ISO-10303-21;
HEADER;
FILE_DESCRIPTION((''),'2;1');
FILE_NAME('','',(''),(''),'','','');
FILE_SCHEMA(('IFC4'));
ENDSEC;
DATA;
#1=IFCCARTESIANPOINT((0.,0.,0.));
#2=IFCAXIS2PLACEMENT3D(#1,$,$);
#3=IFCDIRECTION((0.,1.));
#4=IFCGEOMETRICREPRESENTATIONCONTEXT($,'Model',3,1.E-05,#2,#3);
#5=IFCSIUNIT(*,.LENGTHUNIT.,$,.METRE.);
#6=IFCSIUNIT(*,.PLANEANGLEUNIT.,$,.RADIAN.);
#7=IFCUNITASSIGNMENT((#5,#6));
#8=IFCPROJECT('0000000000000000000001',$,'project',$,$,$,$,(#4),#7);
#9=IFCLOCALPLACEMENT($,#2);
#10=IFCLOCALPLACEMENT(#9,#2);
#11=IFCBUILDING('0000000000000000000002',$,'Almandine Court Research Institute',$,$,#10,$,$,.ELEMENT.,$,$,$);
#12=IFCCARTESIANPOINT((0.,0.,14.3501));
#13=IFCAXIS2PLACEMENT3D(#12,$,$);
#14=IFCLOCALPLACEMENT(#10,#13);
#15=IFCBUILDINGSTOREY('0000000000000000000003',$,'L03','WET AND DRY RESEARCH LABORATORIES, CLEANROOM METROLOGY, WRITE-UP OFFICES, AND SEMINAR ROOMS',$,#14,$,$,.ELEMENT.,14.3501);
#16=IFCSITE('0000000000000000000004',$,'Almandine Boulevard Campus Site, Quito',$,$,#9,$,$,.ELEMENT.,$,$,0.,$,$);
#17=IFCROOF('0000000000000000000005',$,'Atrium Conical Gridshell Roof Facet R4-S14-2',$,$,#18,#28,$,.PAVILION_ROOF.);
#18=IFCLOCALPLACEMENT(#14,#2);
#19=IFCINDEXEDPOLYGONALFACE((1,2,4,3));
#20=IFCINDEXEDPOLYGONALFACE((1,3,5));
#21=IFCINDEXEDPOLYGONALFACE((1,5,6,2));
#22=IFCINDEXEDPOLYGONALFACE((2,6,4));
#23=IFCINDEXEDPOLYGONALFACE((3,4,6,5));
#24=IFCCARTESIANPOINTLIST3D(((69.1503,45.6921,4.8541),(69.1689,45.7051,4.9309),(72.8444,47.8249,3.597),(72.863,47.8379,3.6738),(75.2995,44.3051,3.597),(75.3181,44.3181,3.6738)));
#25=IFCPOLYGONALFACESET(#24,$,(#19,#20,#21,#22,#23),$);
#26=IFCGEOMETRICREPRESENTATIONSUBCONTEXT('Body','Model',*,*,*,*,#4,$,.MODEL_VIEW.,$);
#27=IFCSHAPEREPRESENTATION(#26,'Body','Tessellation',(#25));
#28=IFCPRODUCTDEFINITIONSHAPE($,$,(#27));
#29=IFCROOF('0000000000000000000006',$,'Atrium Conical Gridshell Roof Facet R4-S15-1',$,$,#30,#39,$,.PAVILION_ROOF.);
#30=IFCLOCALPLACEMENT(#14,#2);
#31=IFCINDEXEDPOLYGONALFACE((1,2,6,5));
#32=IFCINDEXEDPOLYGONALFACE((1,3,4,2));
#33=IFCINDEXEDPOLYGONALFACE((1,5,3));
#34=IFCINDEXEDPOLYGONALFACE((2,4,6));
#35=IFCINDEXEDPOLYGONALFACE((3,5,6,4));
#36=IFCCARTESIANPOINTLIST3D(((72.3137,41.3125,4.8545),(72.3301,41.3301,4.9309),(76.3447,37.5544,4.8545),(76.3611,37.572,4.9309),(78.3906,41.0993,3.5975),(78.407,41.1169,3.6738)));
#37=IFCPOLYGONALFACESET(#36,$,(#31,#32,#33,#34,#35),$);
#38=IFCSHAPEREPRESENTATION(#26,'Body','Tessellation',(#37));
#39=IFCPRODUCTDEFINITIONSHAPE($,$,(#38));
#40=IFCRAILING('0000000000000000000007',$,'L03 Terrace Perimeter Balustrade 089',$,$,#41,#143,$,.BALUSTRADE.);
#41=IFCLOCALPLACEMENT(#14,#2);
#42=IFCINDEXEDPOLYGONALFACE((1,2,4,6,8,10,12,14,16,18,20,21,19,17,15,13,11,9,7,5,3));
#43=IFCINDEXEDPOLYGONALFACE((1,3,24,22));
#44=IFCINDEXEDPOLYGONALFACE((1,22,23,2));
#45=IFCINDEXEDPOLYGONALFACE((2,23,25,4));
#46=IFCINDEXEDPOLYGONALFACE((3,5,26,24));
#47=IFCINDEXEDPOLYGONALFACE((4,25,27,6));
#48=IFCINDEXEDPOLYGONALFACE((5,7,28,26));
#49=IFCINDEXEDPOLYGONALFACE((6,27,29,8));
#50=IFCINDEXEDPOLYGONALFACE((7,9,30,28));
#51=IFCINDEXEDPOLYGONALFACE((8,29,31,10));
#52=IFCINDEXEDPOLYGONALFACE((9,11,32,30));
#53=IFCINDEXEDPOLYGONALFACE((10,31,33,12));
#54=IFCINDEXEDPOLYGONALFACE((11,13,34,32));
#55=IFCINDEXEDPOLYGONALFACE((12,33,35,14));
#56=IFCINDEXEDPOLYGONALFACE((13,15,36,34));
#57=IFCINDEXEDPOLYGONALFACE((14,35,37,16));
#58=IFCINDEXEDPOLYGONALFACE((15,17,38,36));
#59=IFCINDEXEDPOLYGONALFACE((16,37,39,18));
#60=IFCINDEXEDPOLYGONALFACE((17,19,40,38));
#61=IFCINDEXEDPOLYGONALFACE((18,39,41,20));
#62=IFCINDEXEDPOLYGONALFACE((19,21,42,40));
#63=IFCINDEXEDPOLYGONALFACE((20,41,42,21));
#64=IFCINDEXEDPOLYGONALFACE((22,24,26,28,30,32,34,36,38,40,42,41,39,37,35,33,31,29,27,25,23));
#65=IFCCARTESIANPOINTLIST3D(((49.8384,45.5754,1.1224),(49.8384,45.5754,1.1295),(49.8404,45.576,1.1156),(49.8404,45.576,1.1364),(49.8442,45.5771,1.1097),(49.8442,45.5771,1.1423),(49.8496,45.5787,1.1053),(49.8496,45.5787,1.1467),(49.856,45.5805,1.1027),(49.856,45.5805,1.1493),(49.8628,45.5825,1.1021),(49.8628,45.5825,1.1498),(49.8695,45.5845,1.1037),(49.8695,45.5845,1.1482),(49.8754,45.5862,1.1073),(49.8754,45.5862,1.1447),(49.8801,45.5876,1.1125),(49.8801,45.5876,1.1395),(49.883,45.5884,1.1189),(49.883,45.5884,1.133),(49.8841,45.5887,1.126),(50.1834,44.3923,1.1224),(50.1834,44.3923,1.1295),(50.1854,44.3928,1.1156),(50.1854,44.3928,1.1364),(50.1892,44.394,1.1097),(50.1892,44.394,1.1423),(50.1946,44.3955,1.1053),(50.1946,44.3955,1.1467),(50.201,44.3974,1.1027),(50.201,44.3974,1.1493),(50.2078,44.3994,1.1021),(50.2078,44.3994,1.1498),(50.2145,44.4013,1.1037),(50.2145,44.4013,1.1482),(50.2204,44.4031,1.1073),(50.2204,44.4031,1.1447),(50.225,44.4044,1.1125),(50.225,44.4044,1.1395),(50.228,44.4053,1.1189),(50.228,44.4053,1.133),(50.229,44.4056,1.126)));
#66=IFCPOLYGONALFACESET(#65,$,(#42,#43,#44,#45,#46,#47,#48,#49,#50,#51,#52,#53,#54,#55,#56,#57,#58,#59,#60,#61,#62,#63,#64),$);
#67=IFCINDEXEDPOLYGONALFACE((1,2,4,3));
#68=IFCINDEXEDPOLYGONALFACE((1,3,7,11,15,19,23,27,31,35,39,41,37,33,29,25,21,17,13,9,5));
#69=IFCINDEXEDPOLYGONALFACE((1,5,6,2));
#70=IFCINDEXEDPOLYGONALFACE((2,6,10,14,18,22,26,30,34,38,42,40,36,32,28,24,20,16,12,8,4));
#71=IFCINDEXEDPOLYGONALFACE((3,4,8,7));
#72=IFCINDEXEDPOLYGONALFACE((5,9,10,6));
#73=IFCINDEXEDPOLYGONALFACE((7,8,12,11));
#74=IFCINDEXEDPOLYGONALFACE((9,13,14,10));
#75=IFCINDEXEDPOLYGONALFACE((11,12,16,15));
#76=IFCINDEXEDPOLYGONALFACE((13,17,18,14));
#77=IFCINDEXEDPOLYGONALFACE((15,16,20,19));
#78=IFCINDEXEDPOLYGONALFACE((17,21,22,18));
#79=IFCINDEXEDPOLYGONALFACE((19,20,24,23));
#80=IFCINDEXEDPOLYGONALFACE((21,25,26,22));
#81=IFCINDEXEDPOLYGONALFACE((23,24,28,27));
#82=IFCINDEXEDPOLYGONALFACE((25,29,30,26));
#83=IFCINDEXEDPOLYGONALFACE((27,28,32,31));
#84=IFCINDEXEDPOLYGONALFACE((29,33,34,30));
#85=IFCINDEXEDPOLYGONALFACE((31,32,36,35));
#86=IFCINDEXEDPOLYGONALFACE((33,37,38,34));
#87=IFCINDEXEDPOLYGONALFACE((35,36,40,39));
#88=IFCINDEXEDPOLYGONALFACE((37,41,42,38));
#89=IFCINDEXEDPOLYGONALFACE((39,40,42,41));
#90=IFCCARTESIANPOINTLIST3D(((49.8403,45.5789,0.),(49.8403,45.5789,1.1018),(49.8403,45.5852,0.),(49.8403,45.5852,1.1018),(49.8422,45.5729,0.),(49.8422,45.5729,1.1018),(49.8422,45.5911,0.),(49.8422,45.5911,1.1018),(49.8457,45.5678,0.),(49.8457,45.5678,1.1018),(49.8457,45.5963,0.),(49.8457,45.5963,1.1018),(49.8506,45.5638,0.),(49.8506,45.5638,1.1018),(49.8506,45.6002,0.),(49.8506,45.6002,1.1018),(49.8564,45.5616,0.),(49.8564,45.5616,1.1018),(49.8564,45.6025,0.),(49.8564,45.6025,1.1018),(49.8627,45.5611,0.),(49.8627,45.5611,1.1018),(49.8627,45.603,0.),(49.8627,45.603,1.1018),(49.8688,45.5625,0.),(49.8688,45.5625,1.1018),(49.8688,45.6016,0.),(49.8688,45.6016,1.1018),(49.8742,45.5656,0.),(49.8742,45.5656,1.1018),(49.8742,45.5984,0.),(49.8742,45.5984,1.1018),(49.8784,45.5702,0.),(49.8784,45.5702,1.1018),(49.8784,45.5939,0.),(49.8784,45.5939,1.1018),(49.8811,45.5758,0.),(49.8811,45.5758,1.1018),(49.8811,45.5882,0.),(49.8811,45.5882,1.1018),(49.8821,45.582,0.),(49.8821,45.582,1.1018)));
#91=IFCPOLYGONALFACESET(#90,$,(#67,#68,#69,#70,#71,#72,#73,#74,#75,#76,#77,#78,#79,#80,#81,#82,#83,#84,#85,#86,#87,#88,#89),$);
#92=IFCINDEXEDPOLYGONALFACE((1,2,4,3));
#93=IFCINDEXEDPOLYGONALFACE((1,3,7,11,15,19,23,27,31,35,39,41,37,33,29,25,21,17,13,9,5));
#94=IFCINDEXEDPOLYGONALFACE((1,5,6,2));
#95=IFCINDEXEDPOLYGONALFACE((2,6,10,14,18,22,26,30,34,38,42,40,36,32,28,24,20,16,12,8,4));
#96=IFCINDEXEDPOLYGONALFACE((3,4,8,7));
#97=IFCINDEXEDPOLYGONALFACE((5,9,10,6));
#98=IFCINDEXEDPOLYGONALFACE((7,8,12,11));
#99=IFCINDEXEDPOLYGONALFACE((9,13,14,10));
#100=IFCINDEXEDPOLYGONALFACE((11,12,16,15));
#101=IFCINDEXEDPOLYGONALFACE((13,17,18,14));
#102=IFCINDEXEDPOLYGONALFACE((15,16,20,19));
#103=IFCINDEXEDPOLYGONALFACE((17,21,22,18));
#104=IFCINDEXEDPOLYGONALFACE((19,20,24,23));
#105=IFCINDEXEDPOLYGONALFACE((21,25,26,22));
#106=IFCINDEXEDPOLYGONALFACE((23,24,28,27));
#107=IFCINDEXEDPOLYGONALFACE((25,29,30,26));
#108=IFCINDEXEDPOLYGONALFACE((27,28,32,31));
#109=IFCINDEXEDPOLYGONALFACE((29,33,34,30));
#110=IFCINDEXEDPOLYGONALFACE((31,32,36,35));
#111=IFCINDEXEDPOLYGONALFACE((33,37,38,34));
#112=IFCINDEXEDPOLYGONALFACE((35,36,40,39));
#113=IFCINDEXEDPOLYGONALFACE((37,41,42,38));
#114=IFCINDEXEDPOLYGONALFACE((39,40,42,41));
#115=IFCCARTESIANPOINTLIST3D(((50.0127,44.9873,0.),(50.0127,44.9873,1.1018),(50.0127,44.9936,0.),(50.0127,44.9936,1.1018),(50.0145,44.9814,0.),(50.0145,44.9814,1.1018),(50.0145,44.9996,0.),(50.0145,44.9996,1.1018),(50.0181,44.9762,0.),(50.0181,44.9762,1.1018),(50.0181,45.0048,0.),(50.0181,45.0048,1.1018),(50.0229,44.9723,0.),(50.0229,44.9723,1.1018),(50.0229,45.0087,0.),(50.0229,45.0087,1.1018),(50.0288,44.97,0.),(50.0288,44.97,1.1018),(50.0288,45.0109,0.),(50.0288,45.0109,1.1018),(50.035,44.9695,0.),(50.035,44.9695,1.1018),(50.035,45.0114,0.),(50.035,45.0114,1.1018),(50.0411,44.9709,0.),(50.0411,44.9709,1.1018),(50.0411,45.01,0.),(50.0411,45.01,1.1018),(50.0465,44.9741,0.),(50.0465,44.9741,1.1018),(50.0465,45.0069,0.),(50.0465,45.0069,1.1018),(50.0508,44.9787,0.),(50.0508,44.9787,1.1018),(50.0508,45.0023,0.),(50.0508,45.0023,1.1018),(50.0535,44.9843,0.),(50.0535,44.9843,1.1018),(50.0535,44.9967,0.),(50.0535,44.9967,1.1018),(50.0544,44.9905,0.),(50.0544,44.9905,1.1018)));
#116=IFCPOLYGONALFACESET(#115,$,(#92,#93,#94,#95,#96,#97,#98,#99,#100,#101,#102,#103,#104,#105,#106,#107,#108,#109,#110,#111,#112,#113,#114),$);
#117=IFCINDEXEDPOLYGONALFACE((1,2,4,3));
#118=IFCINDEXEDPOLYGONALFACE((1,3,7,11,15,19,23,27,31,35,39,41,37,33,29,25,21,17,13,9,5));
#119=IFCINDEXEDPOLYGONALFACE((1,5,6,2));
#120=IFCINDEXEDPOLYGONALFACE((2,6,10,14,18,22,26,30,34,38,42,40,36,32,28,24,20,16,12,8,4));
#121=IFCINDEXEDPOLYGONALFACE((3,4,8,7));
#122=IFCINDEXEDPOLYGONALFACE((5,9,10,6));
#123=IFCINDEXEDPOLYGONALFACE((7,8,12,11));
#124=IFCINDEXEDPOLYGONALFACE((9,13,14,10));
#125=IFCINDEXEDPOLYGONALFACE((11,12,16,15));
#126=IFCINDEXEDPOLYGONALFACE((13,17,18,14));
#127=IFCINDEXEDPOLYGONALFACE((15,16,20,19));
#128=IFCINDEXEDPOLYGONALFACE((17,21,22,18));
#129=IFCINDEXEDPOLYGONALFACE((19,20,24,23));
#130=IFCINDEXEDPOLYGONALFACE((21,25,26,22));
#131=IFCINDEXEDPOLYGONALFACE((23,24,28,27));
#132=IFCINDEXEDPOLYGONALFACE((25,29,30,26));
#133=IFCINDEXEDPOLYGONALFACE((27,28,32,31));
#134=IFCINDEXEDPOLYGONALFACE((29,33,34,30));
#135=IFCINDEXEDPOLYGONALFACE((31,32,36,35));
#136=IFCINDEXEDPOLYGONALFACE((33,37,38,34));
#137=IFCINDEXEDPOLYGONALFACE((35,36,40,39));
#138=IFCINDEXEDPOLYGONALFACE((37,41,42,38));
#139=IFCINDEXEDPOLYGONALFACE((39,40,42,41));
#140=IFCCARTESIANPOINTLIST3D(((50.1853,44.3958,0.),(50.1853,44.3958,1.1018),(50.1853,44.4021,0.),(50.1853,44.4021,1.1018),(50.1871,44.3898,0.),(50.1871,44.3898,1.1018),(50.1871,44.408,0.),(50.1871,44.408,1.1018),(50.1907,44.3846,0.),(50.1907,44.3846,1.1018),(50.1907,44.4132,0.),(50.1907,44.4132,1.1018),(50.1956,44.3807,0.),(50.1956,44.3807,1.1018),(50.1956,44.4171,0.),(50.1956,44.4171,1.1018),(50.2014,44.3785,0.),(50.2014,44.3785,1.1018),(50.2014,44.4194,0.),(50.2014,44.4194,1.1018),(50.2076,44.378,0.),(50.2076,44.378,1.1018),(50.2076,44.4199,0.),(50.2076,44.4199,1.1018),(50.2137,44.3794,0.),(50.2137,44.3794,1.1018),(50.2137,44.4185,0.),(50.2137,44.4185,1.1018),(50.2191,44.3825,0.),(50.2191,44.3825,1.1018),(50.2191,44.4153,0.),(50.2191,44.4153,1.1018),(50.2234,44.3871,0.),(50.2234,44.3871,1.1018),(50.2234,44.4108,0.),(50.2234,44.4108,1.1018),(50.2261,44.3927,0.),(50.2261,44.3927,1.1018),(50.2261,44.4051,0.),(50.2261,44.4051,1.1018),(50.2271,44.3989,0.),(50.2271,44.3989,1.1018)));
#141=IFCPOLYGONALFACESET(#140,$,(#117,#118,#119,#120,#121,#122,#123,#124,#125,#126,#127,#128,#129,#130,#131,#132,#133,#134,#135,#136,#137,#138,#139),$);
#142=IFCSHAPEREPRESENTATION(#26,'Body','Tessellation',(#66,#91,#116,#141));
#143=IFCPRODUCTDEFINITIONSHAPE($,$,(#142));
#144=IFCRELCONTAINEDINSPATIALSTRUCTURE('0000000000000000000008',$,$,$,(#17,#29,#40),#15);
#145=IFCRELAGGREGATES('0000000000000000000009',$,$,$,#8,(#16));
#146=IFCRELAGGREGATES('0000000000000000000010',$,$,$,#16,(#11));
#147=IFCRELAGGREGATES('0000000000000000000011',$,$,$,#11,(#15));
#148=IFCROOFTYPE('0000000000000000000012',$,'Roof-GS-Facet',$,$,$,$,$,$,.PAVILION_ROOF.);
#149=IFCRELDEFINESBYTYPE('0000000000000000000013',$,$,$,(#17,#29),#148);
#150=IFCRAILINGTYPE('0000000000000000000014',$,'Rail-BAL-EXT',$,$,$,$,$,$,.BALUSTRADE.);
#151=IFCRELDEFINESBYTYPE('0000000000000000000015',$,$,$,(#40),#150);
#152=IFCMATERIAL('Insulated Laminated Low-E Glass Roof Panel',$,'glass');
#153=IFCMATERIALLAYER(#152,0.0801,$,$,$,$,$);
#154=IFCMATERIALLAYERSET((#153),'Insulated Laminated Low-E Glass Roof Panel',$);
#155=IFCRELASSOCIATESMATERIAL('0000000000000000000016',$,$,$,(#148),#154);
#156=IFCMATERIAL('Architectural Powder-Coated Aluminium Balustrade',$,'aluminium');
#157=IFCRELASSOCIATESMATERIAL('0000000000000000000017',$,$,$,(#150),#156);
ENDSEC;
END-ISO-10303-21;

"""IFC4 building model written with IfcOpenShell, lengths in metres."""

from ifc_helpers import new_model, si_unit, direction, frame, origin, origin_2d, place, context, subcontext, project, spatial, polyline, circle, outline, extrude, material, layer, layer_set, type_object, element, save


model = new_model("IFC4")

# Units and contexts
model_context = context("Model", 3, precision=1e-05, world=origin(), true_north=direction((0.0, 1.0)))
body_context = subcontext(model_context, "Body", "Model", "MODEL_VIEW")
ifc_project = project(units=[si_unit("LENGTHUNIT", "METRE"), si_unit("PLANEANGLEUNIT", "RADIAN")], contexts=[model_context])

# Site, building, storey
site_placement = place(None, origin())
site = spatial("IfcSite", under=ifc_project, at=site_placement, Name="Almandine Boulevard Campus Site, Quito", CompositionType="ELEMENT", RefElevation=0.0)
building_placement = place(site_placement, origin())
building = spatial("IfcBuilding", under=site, at=building_placement, Name="Almandine Court Research Institute", CompositionType="ELEMENT")
storey_placement = place(building_placement, frame((0.0, 0.0, 14.3501)))
storey = spatial("IfcBuildingStorey", under=building, at=storey_placement, Name="L03", Description="WET AND DRY RESEARCH LABORATORIES, CLEANROOM METROLOGY, WRITE-UP OFFICES, AND SEMINAR ROOMS", CompositionType="ELEMENT", Elevation=14.3501)

# Roofs
ifc_material_1 = material(Name="Insulated Laminated Low-E Glass Roof Panel", Category="glass")
ifc_layer = layer(ifc_material_1, 0.0801)
ifc_layer_set = layer_set([ifc_layer], Name="Insulated Laminated Low-E Glass Roof Panel")
roof_type = type_object("IfcRoofType", Name="Roof-GS-Facet", PredefinedType="PAVILION_ROOF", material=ifc_layer_set)
roof_1_placement = place(storey_placement, frame((69.1689, 45.7051, 4.9309), z_axis=(0.232635, 0.162265, 0.958932), x_axis=(0.956657, -0.215777, -0.19557)))
element("IfcRoof", 1, at=roof_1_placement, inside=storey, type_object=roof_type, Name="Atrium Conical Gridshell Roof Facet R4-S14-2", PredefinedType="PAVILION_ROOF", context=body_context, shape_type="SweptSolid", body=[
    extrude(outline(polyline([(0.0, 0.0), (6.4278, 0.0), (3.3196, 2.959), (0.0, 0.0)])), origin(), (0.0, 0.0, -1.0), 0.0801),
])
roof_2_placement = place(storey_placement, frame((72.3301, 41.3301, 4.9309), z_axis=(0.205005, 0.219894, 0.95374), x_axis=(0.731437, -0.681909, 0.0)))
element("IfcRoof", 2, at=roof_2_placement, inside=storey, type_object=roof_type, Name="Atrium Conical Gridshell Roof Facet R4-S15-1", PredefinedType="PAVILION_ROOF", context=body_context, shape_type="SweptSolid", body=[
    extrude(outline(polyline([(0.0, 0.0), (5.5111, 0.0), (4.5902, 4.1814), (0.0, 0.0)])), origin(), (0.0, 0.0, -1.0), 0.0801),
])

# Railing
ifc_material_2 = material(Name="Architectural Powder-Coated Aluminium Balustrade", Category="aluminium")
railing_type = type_object("IfcRailingType", Name="Rail-BAL-EXT", PredefinedType="BALUSTRADE", material=ifc_material_2)
railing_1_placement = place(storey_placement, frame((49.8611, 45.582, 0.0)))
element("IfcRailing", 3, at=railing_1_placement, inside=storey, type_object=railing_type, Name="L03 Terrace Perimeter Balustrade 089", PredefinedType="BALUSTRADE", context=body_context, shape_type="SweptSolid", body=[
    extrude(circle(Radius=0.0239, at=origin_2d()), frame((0.0, 0.0, 1.126), z_axis=(0.279924, -0.960022, 0.0), x_axis=(0.960022, 0.279924, 0.0)), (0.0, 0.0, 1.0), 1.2324),
    extrude(circle(Radius=0.021, at=origin_2d()), origin(), (0.0, 0.0, 1.0), 1.1018),
    extrude(circle(Radius=0.021, at=origin_2d()), frame((0.1724, -0.5916, 0.0)), (0.0, 0.0, 1.0), 1.1018),
    extrude(circle(Radius=0.021, at=origin_2d()), frame((0.345, -1.1831, 0.0)), (0.0, 0.0, 1.0), 1.1018),
])

save(model, "model.ifc")
